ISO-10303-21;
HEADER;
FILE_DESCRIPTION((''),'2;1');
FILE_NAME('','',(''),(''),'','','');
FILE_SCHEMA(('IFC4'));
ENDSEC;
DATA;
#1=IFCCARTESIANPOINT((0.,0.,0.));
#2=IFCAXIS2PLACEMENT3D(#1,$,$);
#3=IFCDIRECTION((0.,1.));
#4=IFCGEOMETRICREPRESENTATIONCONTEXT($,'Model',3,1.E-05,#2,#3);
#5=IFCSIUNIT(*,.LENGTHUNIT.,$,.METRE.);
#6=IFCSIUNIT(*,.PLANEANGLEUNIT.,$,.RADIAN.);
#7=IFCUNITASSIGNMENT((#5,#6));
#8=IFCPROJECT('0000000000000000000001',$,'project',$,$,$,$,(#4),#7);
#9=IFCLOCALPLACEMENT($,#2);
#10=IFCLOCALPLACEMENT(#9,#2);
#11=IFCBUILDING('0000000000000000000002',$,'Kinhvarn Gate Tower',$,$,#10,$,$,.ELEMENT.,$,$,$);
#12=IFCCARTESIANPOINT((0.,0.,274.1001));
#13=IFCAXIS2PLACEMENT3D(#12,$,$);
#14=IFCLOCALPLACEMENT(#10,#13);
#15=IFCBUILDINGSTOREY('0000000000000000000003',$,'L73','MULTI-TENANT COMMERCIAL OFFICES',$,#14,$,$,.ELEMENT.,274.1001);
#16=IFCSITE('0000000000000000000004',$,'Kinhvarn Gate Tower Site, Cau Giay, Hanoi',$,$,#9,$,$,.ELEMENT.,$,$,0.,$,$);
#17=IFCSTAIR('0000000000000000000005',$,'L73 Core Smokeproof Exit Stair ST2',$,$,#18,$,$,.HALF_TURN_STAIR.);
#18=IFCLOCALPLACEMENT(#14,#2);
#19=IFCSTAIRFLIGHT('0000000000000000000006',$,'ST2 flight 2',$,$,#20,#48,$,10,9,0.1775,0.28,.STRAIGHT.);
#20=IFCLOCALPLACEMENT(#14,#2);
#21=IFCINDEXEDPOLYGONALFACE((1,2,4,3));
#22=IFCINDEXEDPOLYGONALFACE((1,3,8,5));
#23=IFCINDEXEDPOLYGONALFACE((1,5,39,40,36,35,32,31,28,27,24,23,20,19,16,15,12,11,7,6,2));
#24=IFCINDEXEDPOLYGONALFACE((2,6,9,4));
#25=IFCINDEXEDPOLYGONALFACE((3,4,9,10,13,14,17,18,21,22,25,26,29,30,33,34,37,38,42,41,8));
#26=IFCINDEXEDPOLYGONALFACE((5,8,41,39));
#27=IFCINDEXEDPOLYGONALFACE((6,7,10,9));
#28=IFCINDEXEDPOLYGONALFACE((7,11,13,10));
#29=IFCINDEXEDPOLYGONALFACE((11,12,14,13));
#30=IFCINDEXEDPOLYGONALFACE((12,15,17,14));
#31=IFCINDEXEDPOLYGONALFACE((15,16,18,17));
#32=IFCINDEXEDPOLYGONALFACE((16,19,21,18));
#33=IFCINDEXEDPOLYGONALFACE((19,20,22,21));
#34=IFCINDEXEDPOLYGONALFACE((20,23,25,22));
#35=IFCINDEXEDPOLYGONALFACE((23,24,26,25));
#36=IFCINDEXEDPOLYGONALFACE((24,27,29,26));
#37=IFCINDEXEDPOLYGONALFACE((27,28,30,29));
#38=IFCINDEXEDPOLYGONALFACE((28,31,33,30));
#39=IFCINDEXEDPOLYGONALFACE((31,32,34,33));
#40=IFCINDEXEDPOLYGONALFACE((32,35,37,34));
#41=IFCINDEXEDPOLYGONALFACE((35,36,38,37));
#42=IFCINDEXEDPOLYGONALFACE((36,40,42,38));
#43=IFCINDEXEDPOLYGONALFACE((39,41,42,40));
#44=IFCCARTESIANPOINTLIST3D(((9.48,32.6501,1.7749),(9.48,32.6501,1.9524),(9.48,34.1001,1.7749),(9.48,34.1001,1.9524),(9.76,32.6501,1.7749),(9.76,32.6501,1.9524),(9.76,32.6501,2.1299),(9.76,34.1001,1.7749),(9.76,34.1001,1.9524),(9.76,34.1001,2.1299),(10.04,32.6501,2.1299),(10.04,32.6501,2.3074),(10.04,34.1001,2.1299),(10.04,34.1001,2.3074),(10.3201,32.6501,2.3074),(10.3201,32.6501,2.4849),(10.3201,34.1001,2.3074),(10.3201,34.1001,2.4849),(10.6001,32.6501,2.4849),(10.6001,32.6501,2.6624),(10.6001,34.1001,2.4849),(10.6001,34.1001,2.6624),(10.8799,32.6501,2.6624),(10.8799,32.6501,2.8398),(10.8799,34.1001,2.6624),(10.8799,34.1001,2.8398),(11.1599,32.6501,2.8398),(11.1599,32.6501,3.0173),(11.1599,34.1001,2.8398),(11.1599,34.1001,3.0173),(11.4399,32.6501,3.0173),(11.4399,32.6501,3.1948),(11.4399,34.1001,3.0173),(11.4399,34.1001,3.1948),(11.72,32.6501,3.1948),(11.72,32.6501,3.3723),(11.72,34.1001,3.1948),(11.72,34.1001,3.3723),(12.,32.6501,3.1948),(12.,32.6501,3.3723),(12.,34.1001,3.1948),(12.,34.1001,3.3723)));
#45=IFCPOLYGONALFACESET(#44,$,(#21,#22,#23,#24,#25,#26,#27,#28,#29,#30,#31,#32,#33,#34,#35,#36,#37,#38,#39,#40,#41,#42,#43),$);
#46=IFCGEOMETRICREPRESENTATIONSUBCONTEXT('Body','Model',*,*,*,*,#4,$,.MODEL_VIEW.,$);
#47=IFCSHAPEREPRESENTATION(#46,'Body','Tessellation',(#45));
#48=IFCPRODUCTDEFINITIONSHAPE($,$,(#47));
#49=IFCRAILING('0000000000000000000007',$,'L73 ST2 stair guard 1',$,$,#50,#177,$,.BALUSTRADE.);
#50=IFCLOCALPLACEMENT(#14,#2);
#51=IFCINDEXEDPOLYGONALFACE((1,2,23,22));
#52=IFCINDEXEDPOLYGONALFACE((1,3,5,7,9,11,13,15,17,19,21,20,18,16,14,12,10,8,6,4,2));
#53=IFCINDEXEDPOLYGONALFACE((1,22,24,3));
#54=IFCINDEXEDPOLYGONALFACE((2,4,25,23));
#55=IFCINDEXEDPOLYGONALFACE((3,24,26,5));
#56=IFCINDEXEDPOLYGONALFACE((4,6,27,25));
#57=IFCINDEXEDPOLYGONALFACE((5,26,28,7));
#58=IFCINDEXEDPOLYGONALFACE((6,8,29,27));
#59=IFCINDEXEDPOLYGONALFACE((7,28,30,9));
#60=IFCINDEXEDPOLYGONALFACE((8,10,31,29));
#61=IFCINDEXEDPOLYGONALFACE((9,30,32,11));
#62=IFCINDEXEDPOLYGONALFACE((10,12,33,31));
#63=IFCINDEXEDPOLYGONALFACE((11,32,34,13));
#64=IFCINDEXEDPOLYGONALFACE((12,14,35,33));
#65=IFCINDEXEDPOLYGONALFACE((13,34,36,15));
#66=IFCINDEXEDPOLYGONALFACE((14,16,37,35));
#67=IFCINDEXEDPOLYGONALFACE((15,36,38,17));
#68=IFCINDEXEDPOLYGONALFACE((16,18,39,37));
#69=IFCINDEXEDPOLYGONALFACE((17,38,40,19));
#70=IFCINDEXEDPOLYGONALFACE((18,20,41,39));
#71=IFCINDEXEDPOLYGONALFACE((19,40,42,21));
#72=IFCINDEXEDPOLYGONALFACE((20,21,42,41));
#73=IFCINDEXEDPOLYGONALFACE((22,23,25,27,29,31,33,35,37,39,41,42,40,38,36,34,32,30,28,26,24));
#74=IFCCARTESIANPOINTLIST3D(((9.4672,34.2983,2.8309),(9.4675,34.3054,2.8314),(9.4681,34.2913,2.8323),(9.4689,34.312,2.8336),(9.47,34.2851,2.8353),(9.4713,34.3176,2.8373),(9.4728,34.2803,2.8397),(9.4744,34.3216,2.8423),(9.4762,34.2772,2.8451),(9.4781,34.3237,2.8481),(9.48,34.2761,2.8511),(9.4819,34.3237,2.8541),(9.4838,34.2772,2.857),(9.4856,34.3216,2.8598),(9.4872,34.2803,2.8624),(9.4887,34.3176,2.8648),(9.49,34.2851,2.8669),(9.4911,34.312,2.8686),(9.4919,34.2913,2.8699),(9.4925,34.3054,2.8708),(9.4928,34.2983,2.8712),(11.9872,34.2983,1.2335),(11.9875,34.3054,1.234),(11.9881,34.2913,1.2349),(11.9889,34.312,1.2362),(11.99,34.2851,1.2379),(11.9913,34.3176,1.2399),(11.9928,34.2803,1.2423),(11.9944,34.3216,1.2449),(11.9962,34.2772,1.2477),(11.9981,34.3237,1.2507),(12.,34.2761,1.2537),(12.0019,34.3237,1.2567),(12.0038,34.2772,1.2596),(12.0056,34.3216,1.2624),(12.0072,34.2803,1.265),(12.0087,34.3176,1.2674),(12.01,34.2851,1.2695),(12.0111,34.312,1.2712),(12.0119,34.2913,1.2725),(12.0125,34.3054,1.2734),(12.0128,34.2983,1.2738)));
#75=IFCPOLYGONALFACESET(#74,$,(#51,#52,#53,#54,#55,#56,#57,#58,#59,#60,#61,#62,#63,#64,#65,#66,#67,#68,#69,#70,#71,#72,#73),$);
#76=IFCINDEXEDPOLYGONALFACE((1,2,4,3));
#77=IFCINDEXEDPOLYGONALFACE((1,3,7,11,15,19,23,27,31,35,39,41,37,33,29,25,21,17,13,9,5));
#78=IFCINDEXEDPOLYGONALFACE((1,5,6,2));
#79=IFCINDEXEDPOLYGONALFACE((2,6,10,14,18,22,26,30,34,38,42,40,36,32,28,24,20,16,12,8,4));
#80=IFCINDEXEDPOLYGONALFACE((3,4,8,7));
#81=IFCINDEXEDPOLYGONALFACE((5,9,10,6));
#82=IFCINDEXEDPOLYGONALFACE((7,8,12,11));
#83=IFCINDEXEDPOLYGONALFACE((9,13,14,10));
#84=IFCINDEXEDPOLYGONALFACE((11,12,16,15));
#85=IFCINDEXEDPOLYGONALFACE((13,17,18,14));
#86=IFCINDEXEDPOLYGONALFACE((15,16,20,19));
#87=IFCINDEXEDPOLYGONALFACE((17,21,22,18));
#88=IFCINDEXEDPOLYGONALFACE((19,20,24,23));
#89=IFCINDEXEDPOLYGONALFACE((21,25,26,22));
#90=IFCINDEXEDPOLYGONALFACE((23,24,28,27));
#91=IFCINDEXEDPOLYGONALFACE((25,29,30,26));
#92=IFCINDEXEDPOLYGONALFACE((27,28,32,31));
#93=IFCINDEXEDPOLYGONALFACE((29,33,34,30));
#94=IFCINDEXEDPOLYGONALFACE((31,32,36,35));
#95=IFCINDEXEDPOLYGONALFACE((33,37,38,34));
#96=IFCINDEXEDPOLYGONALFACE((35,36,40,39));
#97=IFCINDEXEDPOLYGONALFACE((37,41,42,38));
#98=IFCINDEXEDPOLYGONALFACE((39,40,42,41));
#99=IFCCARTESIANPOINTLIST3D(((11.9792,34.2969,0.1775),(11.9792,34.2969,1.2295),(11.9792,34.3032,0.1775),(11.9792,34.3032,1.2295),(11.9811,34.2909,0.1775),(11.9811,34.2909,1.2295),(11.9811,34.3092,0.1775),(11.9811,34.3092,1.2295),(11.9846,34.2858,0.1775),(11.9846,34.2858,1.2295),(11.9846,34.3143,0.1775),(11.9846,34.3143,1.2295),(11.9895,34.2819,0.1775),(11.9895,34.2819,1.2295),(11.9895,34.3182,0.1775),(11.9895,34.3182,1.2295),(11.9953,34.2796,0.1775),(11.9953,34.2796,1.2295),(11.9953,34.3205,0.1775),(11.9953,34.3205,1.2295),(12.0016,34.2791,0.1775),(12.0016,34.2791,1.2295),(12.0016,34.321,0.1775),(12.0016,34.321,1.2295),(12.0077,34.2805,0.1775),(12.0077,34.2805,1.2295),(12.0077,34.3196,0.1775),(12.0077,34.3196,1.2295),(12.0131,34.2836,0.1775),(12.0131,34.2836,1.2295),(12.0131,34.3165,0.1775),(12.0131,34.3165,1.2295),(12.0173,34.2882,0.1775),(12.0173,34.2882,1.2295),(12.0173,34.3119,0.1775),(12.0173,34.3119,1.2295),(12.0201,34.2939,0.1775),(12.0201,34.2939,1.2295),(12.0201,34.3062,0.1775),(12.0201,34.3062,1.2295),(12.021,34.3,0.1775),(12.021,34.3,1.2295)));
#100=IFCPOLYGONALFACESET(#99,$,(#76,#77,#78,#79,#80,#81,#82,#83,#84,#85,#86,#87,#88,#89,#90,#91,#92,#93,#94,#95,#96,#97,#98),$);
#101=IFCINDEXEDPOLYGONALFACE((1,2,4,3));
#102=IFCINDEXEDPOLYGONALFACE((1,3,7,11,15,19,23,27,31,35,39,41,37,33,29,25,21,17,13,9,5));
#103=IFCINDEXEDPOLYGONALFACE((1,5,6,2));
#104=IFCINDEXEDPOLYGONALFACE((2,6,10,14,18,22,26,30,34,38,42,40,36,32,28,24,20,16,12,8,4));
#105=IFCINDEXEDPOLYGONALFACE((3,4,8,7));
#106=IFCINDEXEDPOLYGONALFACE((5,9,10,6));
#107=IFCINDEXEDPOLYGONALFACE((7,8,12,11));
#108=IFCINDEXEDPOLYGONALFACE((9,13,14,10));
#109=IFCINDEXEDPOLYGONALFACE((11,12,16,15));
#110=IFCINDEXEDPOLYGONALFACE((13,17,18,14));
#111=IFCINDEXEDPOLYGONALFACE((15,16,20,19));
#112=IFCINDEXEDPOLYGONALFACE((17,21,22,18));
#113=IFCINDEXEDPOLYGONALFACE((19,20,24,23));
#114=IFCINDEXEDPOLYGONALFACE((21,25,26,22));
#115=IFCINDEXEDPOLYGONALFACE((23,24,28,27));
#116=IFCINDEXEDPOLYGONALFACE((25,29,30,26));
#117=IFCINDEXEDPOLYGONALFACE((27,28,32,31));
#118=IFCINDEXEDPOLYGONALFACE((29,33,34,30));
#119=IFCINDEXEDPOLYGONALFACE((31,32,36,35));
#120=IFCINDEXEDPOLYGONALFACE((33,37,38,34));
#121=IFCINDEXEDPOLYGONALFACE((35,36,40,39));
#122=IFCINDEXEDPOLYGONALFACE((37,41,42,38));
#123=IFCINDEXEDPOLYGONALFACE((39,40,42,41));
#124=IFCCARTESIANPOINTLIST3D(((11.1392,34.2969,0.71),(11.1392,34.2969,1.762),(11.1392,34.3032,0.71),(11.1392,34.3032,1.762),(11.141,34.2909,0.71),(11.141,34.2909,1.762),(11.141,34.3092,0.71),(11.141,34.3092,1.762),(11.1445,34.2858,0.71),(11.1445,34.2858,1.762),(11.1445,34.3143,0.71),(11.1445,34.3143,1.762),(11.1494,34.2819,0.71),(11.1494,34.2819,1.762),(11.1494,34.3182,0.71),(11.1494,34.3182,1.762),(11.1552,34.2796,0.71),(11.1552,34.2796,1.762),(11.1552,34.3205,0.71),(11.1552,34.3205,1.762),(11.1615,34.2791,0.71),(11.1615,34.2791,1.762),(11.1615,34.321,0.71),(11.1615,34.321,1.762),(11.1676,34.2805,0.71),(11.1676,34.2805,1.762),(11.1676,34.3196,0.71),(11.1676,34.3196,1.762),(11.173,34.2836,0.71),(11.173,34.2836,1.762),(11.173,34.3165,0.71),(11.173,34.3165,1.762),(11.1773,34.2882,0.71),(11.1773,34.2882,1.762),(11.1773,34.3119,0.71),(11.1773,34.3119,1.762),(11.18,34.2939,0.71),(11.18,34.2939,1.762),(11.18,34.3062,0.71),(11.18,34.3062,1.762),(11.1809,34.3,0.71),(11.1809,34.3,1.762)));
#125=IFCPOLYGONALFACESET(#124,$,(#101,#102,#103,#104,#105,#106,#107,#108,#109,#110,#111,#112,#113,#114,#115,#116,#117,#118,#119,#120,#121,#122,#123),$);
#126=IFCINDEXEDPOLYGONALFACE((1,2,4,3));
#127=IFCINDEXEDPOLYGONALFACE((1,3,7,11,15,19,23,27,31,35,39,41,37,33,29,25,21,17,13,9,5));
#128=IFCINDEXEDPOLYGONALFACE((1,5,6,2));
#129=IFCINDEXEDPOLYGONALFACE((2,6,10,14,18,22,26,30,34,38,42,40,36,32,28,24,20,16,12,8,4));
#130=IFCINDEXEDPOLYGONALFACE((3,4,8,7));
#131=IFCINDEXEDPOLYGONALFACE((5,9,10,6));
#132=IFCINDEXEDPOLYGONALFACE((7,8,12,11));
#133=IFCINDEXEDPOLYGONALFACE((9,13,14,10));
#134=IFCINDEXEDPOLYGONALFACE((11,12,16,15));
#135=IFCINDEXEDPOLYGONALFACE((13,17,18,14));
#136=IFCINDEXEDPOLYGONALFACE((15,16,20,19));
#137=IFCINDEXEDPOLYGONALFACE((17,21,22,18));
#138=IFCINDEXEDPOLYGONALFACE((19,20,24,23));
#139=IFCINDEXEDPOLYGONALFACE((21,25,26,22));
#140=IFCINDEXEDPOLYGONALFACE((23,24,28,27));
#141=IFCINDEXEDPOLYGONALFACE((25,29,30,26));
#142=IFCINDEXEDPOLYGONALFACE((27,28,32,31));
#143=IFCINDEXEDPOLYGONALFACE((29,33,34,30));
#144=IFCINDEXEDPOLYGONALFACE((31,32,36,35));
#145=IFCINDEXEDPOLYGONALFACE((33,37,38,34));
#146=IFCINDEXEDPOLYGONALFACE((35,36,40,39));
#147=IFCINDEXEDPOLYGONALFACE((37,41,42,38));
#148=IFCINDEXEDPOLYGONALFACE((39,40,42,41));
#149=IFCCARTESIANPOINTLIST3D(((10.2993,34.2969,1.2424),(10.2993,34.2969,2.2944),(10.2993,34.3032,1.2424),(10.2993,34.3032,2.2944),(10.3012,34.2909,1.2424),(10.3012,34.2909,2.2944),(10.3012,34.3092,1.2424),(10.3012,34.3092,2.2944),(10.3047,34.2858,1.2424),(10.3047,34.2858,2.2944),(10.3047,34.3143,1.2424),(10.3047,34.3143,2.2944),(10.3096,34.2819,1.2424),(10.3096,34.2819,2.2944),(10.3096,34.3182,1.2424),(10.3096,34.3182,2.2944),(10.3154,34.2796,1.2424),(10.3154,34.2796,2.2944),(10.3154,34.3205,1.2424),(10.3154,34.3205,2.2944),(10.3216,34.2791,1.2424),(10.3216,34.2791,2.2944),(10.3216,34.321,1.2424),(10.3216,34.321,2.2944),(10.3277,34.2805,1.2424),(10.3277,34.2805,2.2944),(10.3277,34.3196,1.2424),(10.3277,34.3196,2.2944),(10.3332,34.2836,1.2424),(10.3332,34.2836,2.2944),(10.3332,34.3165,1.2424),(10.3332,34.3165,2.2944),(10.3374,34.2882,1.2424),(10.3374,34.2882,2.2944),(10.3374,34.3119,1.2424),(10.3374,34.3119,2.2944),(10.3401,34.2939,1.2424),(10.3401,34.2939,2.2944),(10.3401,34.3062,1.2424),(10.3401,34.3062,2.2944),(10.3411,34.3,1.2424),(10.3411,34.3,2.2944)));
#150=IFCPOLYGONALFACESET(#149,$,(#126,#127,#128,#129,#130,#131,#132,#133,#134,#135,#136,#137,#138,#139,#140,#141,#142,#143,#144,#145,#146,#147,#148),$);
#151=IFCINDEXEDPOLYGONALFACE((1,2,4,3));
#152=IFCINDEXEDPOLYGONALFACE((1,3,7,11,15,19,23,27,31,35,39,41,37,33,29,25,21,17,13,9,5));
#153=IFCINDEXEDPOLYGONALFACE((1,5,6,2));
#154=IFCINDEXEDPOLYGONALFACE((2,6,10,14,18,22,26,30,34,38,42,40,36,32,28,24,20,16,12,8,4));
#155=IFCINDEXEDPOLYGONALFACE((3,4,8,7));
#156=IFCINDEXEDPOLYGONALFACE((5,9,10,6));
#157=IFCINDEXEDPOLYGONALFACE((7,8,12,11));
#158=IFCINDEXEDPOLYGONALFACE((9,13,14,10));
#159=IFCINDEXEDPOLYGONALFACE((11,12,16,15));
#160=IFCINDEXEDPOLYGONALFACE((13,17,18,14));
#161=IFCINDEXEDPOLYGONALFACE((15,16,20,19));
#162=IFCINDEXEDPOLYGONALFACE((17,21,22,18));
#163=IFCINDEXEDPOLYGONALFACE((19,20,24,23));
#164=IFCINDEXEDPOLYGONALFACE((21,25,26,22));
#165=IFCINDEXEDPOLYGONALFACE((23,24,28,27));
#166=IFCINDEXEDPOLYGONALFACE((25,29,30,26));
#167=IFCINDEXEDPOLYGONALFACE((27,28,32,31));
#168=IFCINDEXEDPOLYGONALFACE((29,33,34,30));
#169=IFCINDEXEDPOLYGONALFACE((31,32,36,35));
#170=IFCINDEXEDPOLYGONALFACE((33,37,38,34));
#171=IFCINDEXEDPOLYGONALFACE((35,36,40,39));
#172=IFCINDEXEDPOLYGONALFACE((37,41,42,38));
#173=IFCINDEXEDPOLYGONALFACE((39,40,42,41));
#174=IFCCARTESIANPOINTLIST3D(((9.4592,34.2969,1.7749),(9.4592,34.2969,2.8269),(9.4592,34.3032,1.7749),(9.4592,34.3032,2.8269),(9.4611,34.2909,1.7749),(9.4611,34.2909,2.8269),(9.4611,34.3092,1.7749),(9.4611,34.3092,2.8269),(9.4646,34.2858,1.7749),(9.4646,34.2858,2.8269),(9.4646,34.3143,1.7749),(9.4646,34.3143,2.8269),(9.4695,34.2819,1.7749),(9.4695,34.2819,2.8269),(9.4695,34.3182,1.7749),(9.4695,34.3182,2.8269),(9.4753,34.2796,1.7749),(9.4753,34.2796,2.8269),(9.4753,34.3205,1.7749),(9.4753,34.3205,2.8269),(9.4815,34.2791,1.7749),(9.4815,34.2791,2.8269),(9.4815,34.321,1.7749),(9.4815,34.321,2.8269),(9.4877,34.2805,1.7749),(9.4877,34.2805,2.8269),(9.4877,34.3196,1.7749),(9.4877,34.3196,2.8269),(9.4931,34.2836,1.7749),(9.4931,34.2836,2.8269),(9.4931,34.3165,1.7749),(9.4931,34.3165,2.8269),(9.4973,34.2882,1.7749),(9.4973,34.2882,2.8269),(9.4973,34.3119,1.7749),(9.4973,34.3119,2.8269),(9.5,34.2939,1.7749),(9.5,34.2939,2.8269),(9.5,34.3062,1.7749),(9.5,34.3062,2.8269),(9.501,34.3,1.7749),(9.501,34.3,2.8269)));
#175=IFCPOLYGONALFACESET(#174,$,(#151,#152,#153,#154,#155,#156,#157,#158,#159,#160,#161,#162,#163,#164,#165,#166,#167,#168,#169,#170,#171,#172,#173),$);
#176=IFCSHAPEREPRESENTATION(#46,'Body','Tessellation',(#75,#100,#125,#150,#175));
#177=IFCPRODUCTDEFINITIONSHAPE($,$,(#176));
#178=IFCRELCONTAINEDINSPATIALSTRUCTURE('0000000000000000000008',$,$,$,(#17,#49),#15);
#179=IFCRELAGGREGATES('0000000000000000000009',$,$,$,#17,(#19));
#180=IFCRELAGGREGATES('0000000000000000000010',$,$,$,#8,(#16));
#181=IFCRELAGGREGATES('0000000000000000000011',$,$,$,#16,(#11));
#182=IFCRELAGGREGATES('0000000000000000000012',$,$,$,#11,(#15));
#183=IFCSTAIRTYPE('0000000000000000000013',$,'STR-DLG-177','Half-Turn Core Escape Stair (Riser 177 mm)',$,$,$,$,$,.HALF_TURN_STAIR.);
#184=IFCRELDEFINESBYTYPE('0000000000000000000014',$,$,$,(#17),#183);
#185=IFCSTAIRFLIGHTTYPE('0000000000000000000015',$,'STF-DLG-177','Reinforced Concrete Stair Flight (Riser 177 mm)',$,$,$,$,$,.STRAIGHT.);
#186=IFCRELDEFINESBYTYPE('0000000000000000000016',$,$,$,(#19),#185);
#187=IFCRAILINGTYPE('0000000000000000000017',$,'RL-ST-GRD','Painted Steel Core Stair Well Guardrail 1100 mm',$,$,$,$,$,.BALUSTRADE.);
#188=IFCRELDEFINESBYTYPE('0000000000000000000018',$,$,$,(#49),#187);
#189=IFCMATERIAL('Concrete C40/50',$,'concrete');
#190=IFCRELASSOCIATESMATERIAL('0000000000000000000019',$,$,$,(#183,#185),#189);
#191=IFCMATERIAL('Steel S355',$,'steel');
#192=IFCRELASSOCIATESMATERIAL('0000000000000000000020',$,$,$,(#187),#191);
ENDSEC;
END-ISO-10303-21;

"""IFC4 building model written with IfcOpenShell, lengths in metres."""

from ifc_helpers import new_model, si_unit, direction, frame, origin, origin_2d, place, context, subcontext, project, spatial, polyline, circle, outline, extrude, material, type_object, element, aggregate, save


model = new_model("IFC4")

# Units and contexts
model_context = context("Model", 3, precision=1e-05, world=origin(), true_north=direction((0.0, 1.0)))
body_context = subcontext(model_context, "Body", "Model", "MODEL_VIEW")
ifc_project = project(units=[si_unit("LENGTHUNIT", "METRE"), si_unit("PLANEANGLEUNIT", "RADIAN")], contexts=[model_context])

# Site, building, storey
site_placement = place(None, origin())
site = spatial("IfcSite", under=ifc_project, at=site_placement, Name="Kinhvarn Gate Tower Site, Cau Giay, Hanoi", CompositionType="ELEMENT", RefElevation=0.0)
building_placement = place(site_placement, origin())
building = spatial("IfcBuilding", under=site, at=building_placement, Name="Kinhvarn Gate Tower", CompositionType="ELEMENT")
storey_placement = place(building_placement, frame((0.0, 0.0, 274.1001)))
storey = spatial("IfcBuildingStorey", under=building, at=storey_placement, Name="L73", Description="MULTI-TENANT COMMERCIAL OFFICES", CompositionType="ELEMENT", Elevation=274.1001)

# Shared definitions
ifc_material_1 = material(Name="Concrete C40/50", Category="concrete")

# Stair, stair flight
stair_type = type_object("IfcStairType", Name="STR-DLG-177", Description="Half-Turn Core Escape Stair (Riser 177 mm)", PredefinedType="HALF_TURN_STAIR", material=ifc_material_1)
stair_placement = place(storey_placement, origin())
stair = element("IfcStair", 1, at=stair_placement, inside=storey, type_object=stair_type, Name="L73 Core Smokeproof Exit Stair ST2", PredefinedType="HALF_TURN_STAIR")
stair_flight_type = type_object("IfcStairFlightType", Name="STF-DLG-177", Description="Reinforced Concrete Stair Flight (Riser 177 mm)", PredefinedType="STRAIGHT", material=ifc_material_1)
stair_flight_placement = place(storey_placement, frame((9.48, 33.375, 1.7749), z_axis=(0.0, 0.0, 1.0), x_axis=(1.0, 0.0, 0.0)))
stair_flight = element("IfcStairFlight", 2, at=stair_flight_placement, type_object=stair_flight_type, Name="ST2 flight 2", NumberOfRisers=10, NumberOfTreads=9, PredefinedType="STRAIGHT", RiserHeight=0.1775, TreadLength=0.28, context=body_context, shape_type="SweptSolid", body=[
    extrude(outline(polyline([(0.0, 0.0), (0.0, 0.1775), (0.28, 0.1775), (0.28, 0.355), (0.5601, 0.355), (0.5601, 0.5325), (0.8401, 0.5325), (0.8401, 0.71), (1.1201, 0.71), (1.1201, 0.8875), (1.3999, 0.8875), (1.3999, 1.0649), (1.6799, 1.0649), (1.6799, 1.2424), (1.96, 1.2424), (1.96, 1.4199), (2.24, 1.4199), (2.24, 1.5974), (2.52, 1.5974), (2.52, 1.7749), (2.52, 1.4199), (0.28, 0.0), (0.0, 0.0)])), frame((0.0, 0.7251, 0.0), z_axis=(0.0, -1.0, 0.0), x_axis=(1.0, 0.0, 0.0)), (0.0, 0.0, 1.0), 1.45),
])
aggregate(stair, [stair_flight])

# Railing
ifc_material_2 = material(Name="Steel S355", Category="steel")
railing_type_1 = type_object("IfcRailingType", Name="RL-ST-GRD", Description="Painted Steel Core Stair Well Guardrail 1100 mm", PredefinedType="BALUSTRADE", material=ifc_material_2)
railing_1_placement = place(storey_placement, frame((12.0, 34.3, 0.1775)))
element("IfcRailing", 3, at=railing_1_placement, inside=storey, type_object=railing_type_1, Name="L73 ST2 stair guard 1", PredefinedType="BALUSTRADE", context=body_context, shape_type="SweptSolid", body=[
    extrude(circle(Radius=0.0239, at=origin_2d()), frame((0.0, 0.0, 1.0762), z_axis=(-0.844607, 0.0, 0.535387), x_axis=(0.0, -1.0, 0.0)), (0.0, 0.0, 1.0), 2.9836),
    extrude(circle(Radius=0.021, at=origin_2d()), origin(), (0.0, 0.0, 1.0), 1.052),
    extrude(circle(Radius=0.021, at=origin_2d()), frame((-0.8401, 0.0, 0.5325)), (0.0, 0.0, 1.0), 1.052),
    extrude(circle(Radius=0.021, at=origin_2d()), frame((-1.6799, 0.0, 1.0649)), (0.0, 0.0, 1.0), 1.052),
    extrude(circle(Radius=0.021, at=origin_2d()), frame((-2.52, 0.0, 1.5974)), (0.0, 0.0, 1.0), 1.052),
])

save(model, "model.ifc")
